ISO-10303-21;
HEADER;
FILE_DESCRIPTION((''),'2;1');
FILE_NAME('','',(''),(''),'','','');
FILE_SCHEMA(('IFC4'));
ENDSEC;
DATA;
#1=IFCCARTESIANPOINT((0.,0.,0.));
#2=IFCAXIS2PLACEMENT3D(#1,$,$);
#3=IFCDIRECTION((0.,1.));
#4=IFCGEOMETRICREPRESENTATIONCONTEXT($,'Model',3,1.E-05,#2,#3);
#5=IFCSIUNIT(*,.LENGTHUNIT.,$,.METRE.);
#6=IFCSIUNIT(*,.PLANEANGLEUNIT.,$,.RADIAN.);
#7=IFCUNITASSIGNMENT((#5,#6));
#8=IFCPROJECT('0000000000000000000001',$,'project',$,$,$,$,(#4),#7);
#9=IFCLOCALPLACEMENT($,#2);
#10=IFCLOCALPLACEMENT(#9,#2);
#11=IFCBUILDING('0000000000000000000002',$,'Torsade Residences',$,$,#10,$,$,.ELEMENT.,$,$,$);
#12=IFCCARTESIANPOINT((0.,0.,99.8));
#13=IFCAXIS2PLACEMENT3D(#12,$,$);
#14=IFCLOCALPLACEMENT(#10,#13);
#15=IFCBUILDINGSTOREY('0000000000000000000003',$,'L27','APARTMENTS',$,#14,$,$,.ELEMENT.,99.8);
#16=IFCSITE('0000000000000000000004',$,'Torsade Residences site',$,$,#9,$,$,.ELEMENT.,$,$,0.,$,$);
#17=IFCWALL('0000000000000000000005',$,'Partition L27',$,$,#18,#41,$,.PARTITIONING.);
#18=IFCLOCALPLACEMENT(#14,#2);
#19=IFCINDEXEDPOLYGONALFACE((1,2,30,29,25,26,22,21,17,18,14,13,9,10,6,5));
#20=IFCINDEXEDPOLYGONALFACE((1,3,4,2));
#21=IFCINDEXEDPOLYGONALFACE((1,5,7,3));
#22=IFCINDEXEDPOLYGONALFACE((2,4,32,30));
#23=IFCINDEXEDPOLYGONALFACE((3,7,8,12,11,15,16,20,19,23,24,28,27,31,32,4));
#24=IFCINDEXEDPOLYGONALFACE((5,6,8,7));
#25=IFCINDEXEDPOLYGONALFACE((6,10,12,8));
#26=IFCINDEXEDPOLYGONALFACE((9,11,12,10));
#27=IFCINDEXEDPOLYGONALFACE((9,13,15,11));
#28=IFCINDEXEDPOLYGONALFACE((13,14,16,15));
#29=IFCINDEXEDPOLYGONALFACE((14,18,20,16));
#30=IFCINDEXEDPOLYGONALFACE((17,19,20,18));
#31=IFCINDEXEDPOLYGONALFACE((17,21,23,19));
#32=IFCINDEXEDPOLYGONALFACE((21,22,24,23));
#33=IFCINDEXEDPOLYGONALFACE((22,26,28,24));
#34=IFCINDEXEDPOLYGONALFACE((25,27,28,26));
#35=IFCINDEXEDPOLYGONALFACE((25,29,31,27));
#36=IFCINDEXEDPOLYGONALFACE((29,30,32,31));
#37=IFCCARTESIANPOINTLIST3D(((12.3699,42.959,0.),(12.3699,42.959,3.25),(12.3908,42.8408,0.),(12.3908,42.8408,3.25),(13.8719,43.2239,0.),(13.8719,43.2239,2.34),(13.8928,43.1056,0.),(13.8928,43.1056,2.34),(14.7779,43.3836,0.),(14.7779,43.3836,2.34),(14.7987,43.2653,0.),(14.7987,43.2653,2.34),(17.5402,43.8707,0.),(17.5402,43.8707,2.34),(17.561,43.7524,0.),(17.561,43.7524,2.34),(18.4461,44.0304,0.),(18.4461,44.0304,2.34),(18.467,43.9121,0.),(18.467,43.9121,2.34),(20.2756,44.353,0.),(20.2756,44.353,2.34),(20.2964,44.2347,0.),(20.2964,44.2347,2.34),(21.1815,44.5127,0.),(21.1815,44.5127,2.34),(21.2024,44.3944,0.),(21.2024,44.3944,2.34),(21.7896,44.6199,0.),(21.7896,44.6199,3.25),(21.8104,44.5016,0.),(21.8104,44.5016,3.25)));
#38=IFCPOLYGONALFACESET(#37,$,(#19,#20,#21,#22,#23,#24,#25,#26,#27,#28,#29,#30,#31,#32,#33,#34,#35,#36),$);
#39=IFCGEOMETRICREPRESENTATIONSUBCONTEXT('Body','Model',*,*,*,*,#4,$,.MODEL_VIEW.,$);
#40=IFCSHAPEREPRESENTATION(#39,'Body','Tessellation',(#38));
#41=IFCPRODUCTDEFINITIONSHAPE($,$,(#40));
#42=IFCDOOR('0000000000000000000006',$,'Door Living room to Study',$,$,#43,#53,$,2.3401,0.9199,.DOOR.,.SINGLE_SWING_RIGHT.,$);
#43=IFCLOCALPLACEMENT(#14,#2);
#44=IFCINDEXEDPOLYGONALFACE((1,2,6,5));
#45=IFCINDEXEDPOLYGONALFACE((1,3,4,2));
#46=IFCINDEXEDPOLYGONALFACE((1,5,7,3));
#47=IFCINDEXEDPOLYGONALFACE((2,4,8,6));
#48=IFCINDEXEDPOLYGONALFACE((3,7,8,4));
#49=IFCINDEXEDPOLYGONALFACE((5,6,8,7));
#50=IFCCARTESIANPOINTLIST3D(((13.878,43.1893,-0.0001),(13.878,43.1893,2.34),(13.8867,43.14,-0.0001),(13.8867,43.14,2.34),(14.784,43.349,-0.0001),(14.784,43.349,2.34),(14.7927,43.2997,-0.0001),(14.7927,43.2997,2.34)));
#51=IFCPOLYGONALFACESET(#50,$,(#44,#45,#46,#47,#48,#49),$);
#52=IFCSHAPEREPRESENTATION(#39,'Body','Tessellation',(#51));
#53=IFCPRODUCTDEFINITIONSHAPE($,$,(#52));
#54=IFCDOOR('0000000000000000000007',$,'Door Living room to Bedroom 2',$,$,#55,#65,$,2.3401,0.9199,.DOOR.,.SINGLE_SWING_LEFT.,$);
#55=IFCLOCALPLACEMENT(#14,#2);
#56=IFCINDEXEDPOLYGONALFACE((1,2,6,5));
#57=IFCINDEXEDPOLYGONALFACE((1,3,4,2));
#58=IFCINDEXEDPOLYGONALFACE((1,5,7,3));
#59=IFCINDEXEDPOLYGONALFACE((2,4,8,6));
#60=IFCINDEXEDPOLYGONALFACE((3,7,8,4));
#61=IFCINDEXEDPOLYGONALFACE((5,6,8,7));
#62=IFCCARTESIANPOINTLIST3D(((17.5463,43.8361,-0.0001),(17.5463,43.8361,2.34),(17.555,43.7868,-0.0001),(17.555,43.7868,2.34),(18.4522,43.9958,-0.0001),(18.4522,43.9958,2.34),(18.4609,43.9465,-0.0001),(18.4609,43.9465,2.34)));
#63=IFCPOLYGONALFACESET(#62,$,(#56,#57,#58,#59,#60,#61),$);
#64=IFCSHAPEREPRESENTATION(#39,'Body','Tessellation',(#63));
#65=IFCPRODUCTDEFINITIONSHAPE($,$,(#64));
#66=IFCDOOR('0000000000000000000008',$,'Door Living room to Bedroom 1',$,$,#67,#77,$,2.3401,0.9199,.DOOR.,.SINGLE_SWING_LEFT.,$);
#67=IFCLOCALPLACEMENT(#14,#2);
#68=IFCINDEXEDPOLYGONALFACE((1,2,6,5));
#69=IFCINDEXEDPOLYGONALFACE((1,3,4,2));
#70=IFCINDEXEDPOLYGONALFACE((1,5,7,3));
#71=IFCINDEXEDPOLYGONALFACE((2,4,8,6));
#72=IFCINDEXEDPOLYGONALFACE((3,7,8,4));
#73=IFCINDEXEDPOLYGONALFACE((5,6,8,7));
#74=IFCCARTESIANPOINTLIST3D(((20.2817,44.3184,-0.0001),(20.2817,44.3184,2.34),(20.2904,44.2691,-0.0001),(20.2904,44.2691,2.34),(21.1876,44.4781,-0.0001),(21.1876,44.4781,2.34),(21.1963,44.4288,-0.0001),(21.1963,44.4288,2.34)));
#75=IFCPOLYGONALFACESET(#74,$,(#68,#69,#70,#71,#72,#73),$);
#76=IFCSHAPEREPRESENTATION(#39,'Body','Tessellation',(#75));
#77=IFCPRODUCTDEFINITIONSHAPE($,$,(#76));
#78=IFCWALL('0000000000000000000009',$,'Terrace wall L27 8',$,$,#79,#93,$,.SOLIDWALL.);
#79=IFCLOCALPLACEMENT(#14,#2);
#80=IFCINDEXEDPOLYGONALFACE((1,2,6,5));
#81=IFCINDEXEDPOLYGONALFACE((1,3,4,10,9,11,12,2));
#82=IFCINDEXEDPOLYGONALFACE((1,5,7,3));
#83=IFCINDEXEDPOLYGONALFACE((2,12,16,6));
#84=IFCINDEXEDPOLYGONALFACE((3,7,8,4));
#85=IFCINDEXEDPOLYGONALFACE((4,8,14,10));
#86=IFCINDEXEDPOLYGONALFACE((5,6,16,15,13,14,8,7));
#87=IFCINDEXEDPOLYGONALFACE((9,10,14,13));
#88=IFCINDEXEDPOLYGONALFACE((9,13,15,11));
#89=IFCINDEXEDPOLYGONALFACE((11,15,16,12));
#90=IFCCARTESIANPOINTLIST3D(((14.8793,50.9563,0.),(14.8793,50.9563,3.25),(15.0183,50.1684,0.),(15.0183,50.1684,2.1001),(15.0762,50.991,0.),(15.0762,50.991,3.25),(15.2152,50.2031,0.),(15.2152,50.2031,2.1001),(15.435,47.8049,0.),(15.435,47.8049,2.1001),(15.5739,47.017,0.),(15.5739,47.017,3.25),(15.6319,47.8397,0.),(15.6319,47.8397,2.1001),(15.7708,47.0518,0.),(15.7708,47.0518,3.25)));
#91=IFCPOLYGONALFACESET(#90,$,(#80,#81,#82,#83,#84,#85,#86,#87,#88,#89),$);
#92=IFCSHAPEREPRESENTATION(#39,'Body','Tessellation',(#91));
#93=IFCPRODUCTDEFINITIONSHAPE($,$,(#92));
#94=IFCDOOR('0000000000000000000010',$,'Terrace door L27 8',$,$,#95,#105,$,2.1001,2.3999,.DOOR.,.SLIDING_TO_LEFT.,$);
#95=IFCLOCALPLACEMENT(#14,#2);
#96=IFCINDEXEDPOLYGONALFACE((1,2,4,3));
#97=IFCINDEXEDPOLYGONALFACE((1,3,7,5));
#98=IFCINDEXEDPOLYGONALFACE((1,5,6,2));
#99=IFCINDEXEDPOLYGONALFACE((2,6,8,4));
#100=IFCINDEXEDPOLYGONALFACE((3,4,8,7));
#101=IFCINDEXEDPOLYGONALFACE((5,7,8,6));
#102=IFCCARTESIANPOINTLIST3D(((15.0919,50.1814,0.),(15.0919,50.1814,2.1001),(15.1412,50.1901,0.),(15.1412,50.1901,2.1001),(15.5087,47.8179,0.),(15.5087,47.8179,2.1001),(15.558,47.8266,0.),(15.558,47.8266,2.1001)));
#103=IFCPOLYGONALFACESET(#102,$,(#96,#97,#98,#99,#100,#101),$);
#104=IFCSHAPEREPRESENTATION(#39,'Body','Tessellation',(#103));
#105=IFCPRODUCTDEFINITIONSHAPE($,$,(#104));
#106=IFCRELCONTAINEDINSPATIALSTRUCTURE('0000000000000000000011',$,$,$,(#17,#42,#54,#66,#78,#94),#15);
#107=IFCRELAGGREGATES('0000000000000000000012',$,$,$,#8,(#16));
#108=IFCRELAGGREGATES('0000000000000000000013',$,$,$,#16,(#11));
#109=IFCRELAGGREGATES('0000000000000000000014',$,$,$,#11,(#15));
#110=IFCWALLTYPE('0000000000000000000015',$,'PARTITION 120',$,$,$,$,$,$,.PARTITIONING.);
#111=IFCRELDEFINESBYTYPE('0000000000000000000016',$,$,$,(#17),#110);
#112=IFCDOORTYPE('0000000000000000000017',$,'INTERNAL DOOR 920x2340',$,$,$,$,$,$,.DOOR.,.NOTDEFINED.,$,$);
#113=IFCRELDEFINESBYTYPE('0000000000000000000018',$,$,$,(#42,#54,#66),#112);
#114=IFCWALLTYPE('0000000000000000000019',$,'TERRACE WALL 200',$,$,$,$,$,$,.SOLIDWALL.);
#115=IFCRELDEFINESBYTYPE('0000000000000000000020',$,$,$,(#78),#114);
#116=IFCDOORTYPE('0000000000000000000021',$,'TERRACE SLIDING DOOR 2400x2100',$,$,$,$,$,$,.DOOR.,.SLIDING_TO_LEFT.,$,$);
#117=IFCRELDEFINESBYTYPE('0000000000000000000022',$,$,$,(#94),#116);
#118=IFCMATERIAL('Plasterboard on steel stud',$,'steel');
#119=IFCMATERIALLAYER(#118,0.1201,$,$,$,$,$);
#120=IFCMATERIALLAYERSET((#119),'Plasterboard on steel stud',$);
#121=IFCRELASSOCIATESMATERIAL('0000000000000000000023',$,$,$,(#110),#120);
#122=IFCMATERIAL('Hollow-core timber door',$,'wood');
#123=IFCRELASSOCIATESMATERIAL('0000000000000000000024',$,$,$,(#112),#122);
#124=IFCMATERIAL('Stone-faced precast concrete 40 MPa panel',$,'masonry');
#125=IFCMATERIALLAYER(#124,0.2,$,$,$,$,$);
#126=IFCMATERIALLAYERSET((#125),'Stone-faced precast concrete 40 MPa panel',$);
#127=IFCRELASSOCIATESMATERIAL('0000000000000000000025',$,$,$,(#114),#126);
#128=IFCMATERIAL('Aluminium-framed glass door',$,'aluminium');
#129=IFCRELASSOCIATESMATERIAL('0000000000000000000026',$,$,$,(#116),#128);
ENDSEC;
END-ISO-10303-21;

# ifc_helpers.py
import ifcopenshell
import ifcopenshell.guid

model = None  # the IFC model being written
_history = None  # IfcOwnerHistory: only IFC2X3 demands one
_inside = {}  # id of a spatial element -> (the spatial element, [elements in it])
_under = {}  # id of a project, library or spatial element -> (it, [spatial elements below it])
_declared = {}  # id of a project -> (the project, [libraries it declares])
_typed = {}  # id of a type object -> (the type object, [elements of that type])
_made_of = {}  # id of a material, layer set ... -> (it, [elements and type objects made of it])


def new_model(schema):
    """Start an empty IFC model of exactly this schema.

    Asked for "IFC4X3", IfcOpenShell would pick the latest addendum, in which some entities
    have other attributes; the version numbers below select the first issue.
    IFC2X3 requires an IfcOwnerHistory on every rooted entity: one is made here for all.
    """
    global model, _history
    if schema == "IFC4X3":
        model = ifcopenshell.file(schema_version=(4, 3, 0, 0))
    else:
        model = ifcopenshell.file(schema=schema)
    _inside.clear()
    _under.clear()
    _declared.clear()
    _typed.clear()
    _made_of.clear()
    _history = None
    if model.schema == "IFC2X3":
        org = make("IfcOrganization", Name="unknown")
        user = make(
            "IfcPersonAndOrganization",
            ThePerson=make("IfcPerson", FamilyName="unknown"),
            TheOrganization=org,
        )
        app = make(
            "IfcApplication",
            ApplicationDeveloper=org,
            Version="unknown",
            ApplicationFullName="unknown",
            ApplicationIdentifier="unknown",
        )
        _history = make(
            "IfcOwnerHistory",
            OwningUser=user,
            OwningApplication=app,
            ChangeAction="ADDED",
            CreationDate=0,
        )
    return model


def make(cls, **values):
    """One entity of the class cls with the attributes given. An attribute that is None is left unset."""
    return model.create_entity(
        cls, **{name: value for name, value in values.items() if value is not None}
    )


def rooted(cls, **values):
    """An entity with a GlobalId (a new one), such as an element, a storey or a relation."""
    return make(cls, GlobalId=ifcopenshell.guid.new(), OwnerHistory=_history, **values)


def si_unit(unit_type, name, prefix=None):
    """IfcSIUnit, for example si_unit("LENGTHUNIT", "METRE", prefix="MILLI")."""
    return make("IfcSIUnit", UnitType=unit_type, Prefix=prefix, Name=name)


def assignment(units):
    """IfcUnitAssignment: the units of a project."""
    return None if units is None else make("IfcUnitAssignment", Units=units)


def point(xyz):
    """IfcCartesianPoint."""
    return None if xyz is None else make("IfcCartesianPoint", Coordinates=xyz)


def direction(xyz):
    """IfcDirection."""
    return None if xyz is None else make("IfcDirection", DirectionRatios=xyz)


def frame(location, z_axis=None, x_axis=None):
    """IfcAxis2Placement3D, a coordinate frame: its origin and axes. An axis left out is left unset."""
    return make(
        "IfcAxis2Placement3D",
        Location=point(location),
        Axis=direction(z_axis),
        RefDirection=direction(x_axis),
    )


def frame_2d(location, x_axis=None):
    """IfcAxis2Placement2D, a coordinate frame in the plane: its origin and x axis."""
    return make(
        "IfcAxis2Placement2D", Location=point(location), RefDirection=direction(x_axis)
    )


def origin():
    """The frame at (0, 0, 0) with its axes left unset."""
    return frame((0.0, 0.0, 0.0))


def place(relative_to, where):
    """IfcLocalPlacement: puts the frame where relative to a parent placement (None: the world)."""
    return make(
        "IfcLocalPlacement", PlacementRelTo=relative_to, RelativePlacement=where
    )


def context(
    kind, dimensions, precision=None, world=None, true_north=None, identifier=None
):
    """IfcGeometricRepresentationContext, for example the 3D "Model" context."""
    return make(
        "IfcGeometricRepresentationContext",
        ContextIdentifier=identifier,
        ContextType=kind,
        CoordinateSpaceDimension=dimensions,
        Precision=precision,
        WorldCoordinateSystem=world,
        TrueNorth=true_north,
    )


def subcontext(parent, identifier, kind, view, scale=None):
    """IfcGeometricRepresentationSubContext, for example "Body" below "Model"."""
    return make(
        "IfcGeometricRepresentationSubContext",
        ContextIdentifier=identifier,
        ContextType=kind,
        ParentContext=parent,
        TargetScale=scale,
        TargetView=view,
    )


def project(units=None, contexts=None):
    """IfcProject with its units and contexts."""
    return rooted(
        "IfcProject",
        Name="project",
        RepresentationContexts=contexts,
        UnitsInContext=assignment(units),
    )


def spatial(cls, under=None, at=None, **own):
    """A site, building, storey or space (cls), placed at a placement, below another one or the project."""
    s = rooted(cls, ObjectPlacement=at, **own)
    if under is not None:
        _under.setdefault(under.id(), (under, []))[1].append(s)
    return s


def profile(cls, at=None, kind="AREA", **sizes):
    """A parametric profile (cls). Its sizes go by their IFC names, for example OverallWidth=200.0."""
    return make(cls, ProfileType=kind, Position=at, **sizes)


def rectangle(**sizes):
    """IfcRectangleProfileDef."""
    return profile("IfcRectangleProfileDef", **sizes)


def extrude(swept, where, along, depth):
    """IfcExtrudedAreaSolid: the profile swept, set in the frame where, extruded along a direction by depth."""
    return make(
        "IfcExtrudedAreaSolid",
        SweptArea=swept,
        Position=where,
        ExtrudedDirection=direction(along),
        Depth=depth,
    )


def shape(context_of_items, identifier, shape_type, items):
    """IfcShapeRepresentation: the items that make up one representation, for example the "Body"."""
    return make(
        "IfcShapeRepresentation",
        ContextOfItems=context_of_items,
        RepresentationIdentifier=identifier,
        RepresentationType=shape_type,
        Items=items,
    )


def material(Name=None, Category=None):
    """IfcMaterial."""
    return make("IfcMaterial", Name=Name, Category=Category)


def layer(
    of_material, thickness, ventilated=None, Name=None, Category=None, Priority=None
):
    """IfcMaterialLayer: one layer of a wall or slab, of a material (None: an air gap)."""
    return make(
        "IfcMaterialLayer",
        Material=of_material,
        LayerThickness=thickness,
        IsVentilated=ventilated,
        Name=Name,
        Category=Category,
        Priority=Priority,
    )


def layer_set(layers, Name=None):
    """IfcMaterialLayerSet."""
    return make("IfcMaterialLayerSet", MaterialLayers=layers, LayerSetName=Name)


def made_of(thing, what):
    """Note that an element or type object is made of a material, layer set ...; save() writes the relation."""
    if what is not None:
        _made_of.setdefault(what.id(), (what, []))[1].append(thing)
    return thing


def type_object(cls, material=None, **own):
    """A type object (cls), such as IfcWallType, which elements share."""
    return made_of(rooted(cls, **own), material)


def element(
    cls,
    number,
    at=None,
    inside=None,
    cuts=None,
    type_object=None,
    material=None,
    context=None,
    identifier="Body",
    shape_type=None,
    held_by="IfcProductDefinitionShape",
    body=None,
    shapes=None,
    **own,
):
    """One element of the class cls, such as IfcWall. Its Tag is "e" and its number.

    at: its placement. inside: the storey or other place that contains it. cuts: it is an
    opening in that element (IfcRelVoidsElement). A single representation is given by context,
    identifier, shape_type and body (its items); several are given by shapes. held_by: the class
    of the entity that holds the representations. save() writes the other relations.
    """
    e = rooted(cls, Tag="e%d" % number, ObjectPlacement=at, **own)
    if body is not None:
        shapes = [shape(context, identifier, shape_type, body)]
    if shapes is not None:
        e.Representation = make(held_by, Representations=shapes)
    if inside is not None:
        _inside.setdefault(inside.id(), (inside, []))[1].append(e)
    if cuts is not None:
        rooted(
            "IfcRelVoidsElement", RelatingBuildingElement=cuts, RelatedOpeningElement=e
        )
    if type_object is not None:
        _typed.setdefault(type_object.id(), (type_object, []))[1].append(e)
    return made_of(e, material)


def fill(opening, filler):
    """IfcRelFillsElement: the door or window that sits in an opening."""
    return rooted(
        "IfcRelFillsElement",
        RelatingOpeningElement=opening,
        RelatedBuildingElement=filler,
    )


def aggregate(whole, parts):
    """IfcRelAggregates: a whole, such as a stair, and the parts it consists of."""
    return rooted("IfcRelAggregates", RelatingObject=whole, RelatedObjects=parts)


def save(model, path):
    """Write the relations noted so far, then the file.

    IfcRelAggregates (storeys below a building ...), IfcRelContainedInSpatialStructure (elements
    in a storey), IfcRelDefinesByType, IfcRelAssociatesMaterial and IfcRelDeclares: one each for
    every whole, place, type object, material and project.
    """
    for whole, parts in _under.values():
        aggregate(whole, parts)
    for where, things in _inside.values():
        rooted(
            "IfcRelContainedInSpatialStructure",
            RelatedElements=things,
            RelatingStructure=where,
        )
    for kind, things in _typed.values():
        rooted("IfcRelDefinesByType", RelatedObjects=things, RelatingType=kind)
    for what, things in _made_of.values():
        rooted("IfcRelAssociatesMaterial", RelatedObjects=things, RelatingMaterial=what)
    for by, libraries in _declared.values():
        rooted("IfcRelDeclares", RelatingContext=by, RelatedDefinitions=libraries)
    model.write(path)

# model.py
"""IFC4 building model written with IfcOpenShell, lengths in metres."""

from ifc_helpers import new_model, si_unit, direction, frame, frame_2d, origin, place, context, subcontext, project, spatial, rectangle, extrude, material, layer, layer_set, type_object, element, fill, save


model = new_model("IFC4")

# Units and contexts
model_context = context("Model", 3, precision=1e-05, world=origin(), true_north=direction((0.0, 1.0)))
body_context = subcontext(model_context, "Body", "Model", "MODEL_VIEW")
ifc_project = project(units=[si_unit("LENGTHUNIT", "METRE"), si_unit("PLANEANGLEUNIT", "RADIAN")], contexts=[model_context])

# Site, building, storey
site_placement = place(None, origin())
site = spatial("IfcSite", under=ifc_project, at=site_placement, Name="Torsade Residences site", CompositionType="ELEMENT", RefElevation=0.0)
building_placement = place(site_placement, origin())
building = spatial("IfcBuilding", under=site, at=building_placement, Name="Torsade Residences", CompositionType="ELEMENT")
storey_placement = place(building_placement, frame((0.0, 0.0, 99.8)))
storey = spatial("IfcBuildingStorey", under=building, at=storey_placement, Name="L27", Description="APARTMENTS", CompositionType="ELEMENT", Elevation=99.8)

# Wall, openings, doors
ifc_material_1 = material(Name="Plasterboard on steel stud", Category="steel")
ifc_layer_1 = layer(ifc_material_1, 0.1201)
ifc_layer_set_1 = layer_set([ifc_layer_1], Name="Plasterboard on steel stud")
wall_type_1 = type_object("IfcWallType", Name="PARTITION 120", PredefinedType="PARTITIONING", material=ifc_layer_set_1)
wall_1_placement = place(storey_placement, frame((12.3804, 42.8999, 0.0), z_axis=(0.0, 0.0, 1.0), x_axis=(0.984809, 0.173643, 0.0)))
wall_1 = element("IfcWall", 1, at=wall_1_placement, inside=storey, type_object=wall_type_1, Name="Partition L27", PredefinedType="PARTITIONING", context=body_context, shape_type="SweptSolid", body=[
    extrude(rectangle(XDim=9.5649, YDim=0.1201, at=frame_2d((4.7825, 0.0))), origin(), (0.0, 0.0, 1.0), 3.25),
])
opening_1_placement = place(wall_1_placement, frame((1.5251, 0.0, 0.0)))
opening_1 = element("IfcOpeningElement", 2, at=opening_1_placement, cuts=wall_1, PredefinedType="OPENING", context=body_context, shape_type="SweptSolid", body=[
    extrude(rectangle(XDim=0.9199, YDim=2.3401, at=frame_2d((0.46, 1.1699))), frame((0.0, 0.0701, 0.0), z_axis=(0.0, -1.0, 0.0), x_axis=(1.0, 0.0, 0.0)), (0.0, 0.0, 1.0), 0.1401),
])
opening_2_placement = place(wall_1_placement, frame((5.25, 0.0, 0.0)))
opening_2 = element("IfcOpeningElement", 3, at=opening_2_placement, cuts=wall_1, PredefinedType="OPENING", context=body_context, shape_type="SweptSolid", body=[
    extrude(rectangle(XDim=0.9199, YDim=2.3401, at=frame_2d((0.46, 1.1699))), frame((0.0, 0.0701, 0.0), z_axis=(0.0, -1.0, 0.0), x_axis=(1.0, 0.0, 0.0)), (0.0, 0.0, 1.0), 0.1401),
])
opening_3_placement = place(wall_1_placement, frame((8.0276, 0.0, 0.0)))
opening_3 = element("IfcOpeningElement", 4, at=opening_3_placement, cuts=wall_1, PredefinedType="OPENING", context=body_context, shape_type="SweptSolid", body=[
    extrude(rectangle(XDim=0.9199, YDim=2.3401, at=frame_2d((0.46, 1.1699))), frame((0.0, 0.0701, 0.0), z_axis=(0.0, -1.0, 0.0), x_axis=(1.0, 0.0, 0.0)), (0.0, 0.0, 1.0), 0.1401),
])
ifc_material_2 = material(Name="Hollow-core timber door", Category="wood")
door_type_1 = type_object("IfcDoorType", Name="INTERNAL DOOR 920x2340", OperationType="NOTDEFINED", PredefinedType="DOOR", material=ifc_material_2)
door_1_placement = place(opening_1_placement, origin())
door_1 = element("IfcDoor", 5, at=door_1_placement, inside=storey, type_object=door_type_1, Name="Door Living room to Study", OperationType="SINGLE_SWING_RIGHT", OverallHeight=2.3401, OverallWidth=0.9199, PredefinedType="DOOR", context=body_context, shape_type="SweptSolid", body=[
    extrude(rectangle(XDim=0.9199, YDim=2.3401, at=frame_2d((0.46, 1.1699))), frame((0.0, 0.0249, 0.0), z_axis=(0.0, -1.0, 0.0), x_axis=(1.0, 0.0, 0.0)), (0.0, 0.0, 1.0), 0.05),
])
fill(opening_1, door_1)
door_2_placement = place(opening_2_placement, origin())
door_2 = element("IfcDoor", 6, at=door_2_placement, inside=storey, type_object=door_type_1, Name="Door Living room to Bedroom 2", OperationType="SINGLE_SWING_LEFT", OverallHeight=2.3401, OverallWidth=0.9199, PredefinedType="DOOR", context=body_context, shape_type="SweptSolid", body=[
    extrude(rectangle(XDim=0.9199, YDim=2.3401, at=frame_2d((0.46, 1.1699))), frame((0.0, 0.0249, 0.0), z_axis=(0.0, -1.0, 0.0), x_axis=(1.0, 0.0, 0.0)), (0.0, 0.0, 1.0), 0.05),
])
fill(opening_2, door_2)
door_3_placement = place(opening_3_placement, origin())
door_3 = element("IfcDoor", 7, at=door_3_placement, inside=storey, type_object=door_type_1, Name="Door Living room to Bedroom 1", OperationType="SINGLE_SWING_LEFT", OverallHeight=2.3401, OverallWidth=0.9199, PredefinedType="DOOR", context=body_context, shape_type="SweptSolid", body=[
    extrude(rectangle(XDim=0.9199, YDim=2.3401, at=frame_2d((0.46, 1.1699))), frame((0.0, 0.0249, 0.0), z_axis=(0.0, -1.0, 0.0), x_axis=(1.0, 0.0, 0.0)), (0.0, 0.0, 1.0), 0.05),
])
fill(opening_3, door_3)

# Wall, opening, door
ifc_material_3 = material(Name="Stone-faced precast concrete 40 MPa panel", Category="masonry")
ifc_layer_2 = layer(ifc_material_3, 0.2)
ifc_layer_set_2 = layer_set([ifc_layer_2], Name="Stone-faced precast concrete 40 MPa panel")
wall_type_2 = type_object("IfcWallType", Name="TERRACE WALL 200", PredefinedType="SOLIDWALL", material=ifc_layer_set_2)
wall_2_placement = place(storey_placement, frame((14.9778, 50.9736, 0.0), z_axis=(0.0, 0.0, 1.0), x_axis=(0.173646, -0.984808, 0.0)))
wall_2 = element("IfcWall", 8, at=wall_2_placement, inside=storey, type_object=wall_type_2, Name="Terrace wall L27 8", PredefinedType="SOLIDWALL", context=body_context, shape_type="SweptSolid", body=[
    extrude(rectangle(XDim=4.0, YDim=0.2, at=frame_2d((2.0, 0.0))), origin(), (0.0, 0.0, 1.0), 3.25),
])
opening_4_placement = place(wall_2_placement, frame((0.8, 0.0, 0.0)))
opening_4 = element("IfcOpeningElement", 9, at=opening_4_placement, cuts=wall_2, PredefinedType="OPENING", context=body_context, shape_type="SweptSolid", body=[
    extrude(rectangle(XDim=2.3999, YDim=2.1001, at=frame_2d((1.2, 1.05))), frame((0.0, 0.1099, 0.0), z_axis=(0.0, -1.0, 0.0), x_axis=(1.0, 0.0, 0.0)), (0.0, 0.0, 1.0), 0.22),
])
ifc_material_4 = material(Name="Aluminium-framed glass door", Category="aluminium")
door_type_2 = type_object("IfcDoorType", Name="TERRACE SLIDING DOOR 2400x2100", OperationType="SLIDING_TO_LEFT", PredefinedType="DOOR", material=ifc_material_4)
door_4_placement = place(opening_4_placement, origin())
door_4 = element("IfcDoor", 10, at=door_4_placement, inside=storey, type_object=door_type_2, Name="Terrace door L27 8", OperationType="SLIDING_TO_LEFT", OverallHeight=2.1001, OverallWidth=2.3999, PredefinedType="DOOR", context=body_context, shape_type="SweptSolid", body=[
    extrude(rectangle(XDim=2.3999, YDim=2.1001, at=frame_2d((1.2, 1.05))), frame((0.0, 0.0249, 0.0), z_axis=(0.0, -1.0, 0.0), x_axis=(1.0, 0.0, 0.0)), (0.0, 0.0, 1.0), 0.05),
])
fill(opening_4, door_4)

save(model, "model.ifc")
